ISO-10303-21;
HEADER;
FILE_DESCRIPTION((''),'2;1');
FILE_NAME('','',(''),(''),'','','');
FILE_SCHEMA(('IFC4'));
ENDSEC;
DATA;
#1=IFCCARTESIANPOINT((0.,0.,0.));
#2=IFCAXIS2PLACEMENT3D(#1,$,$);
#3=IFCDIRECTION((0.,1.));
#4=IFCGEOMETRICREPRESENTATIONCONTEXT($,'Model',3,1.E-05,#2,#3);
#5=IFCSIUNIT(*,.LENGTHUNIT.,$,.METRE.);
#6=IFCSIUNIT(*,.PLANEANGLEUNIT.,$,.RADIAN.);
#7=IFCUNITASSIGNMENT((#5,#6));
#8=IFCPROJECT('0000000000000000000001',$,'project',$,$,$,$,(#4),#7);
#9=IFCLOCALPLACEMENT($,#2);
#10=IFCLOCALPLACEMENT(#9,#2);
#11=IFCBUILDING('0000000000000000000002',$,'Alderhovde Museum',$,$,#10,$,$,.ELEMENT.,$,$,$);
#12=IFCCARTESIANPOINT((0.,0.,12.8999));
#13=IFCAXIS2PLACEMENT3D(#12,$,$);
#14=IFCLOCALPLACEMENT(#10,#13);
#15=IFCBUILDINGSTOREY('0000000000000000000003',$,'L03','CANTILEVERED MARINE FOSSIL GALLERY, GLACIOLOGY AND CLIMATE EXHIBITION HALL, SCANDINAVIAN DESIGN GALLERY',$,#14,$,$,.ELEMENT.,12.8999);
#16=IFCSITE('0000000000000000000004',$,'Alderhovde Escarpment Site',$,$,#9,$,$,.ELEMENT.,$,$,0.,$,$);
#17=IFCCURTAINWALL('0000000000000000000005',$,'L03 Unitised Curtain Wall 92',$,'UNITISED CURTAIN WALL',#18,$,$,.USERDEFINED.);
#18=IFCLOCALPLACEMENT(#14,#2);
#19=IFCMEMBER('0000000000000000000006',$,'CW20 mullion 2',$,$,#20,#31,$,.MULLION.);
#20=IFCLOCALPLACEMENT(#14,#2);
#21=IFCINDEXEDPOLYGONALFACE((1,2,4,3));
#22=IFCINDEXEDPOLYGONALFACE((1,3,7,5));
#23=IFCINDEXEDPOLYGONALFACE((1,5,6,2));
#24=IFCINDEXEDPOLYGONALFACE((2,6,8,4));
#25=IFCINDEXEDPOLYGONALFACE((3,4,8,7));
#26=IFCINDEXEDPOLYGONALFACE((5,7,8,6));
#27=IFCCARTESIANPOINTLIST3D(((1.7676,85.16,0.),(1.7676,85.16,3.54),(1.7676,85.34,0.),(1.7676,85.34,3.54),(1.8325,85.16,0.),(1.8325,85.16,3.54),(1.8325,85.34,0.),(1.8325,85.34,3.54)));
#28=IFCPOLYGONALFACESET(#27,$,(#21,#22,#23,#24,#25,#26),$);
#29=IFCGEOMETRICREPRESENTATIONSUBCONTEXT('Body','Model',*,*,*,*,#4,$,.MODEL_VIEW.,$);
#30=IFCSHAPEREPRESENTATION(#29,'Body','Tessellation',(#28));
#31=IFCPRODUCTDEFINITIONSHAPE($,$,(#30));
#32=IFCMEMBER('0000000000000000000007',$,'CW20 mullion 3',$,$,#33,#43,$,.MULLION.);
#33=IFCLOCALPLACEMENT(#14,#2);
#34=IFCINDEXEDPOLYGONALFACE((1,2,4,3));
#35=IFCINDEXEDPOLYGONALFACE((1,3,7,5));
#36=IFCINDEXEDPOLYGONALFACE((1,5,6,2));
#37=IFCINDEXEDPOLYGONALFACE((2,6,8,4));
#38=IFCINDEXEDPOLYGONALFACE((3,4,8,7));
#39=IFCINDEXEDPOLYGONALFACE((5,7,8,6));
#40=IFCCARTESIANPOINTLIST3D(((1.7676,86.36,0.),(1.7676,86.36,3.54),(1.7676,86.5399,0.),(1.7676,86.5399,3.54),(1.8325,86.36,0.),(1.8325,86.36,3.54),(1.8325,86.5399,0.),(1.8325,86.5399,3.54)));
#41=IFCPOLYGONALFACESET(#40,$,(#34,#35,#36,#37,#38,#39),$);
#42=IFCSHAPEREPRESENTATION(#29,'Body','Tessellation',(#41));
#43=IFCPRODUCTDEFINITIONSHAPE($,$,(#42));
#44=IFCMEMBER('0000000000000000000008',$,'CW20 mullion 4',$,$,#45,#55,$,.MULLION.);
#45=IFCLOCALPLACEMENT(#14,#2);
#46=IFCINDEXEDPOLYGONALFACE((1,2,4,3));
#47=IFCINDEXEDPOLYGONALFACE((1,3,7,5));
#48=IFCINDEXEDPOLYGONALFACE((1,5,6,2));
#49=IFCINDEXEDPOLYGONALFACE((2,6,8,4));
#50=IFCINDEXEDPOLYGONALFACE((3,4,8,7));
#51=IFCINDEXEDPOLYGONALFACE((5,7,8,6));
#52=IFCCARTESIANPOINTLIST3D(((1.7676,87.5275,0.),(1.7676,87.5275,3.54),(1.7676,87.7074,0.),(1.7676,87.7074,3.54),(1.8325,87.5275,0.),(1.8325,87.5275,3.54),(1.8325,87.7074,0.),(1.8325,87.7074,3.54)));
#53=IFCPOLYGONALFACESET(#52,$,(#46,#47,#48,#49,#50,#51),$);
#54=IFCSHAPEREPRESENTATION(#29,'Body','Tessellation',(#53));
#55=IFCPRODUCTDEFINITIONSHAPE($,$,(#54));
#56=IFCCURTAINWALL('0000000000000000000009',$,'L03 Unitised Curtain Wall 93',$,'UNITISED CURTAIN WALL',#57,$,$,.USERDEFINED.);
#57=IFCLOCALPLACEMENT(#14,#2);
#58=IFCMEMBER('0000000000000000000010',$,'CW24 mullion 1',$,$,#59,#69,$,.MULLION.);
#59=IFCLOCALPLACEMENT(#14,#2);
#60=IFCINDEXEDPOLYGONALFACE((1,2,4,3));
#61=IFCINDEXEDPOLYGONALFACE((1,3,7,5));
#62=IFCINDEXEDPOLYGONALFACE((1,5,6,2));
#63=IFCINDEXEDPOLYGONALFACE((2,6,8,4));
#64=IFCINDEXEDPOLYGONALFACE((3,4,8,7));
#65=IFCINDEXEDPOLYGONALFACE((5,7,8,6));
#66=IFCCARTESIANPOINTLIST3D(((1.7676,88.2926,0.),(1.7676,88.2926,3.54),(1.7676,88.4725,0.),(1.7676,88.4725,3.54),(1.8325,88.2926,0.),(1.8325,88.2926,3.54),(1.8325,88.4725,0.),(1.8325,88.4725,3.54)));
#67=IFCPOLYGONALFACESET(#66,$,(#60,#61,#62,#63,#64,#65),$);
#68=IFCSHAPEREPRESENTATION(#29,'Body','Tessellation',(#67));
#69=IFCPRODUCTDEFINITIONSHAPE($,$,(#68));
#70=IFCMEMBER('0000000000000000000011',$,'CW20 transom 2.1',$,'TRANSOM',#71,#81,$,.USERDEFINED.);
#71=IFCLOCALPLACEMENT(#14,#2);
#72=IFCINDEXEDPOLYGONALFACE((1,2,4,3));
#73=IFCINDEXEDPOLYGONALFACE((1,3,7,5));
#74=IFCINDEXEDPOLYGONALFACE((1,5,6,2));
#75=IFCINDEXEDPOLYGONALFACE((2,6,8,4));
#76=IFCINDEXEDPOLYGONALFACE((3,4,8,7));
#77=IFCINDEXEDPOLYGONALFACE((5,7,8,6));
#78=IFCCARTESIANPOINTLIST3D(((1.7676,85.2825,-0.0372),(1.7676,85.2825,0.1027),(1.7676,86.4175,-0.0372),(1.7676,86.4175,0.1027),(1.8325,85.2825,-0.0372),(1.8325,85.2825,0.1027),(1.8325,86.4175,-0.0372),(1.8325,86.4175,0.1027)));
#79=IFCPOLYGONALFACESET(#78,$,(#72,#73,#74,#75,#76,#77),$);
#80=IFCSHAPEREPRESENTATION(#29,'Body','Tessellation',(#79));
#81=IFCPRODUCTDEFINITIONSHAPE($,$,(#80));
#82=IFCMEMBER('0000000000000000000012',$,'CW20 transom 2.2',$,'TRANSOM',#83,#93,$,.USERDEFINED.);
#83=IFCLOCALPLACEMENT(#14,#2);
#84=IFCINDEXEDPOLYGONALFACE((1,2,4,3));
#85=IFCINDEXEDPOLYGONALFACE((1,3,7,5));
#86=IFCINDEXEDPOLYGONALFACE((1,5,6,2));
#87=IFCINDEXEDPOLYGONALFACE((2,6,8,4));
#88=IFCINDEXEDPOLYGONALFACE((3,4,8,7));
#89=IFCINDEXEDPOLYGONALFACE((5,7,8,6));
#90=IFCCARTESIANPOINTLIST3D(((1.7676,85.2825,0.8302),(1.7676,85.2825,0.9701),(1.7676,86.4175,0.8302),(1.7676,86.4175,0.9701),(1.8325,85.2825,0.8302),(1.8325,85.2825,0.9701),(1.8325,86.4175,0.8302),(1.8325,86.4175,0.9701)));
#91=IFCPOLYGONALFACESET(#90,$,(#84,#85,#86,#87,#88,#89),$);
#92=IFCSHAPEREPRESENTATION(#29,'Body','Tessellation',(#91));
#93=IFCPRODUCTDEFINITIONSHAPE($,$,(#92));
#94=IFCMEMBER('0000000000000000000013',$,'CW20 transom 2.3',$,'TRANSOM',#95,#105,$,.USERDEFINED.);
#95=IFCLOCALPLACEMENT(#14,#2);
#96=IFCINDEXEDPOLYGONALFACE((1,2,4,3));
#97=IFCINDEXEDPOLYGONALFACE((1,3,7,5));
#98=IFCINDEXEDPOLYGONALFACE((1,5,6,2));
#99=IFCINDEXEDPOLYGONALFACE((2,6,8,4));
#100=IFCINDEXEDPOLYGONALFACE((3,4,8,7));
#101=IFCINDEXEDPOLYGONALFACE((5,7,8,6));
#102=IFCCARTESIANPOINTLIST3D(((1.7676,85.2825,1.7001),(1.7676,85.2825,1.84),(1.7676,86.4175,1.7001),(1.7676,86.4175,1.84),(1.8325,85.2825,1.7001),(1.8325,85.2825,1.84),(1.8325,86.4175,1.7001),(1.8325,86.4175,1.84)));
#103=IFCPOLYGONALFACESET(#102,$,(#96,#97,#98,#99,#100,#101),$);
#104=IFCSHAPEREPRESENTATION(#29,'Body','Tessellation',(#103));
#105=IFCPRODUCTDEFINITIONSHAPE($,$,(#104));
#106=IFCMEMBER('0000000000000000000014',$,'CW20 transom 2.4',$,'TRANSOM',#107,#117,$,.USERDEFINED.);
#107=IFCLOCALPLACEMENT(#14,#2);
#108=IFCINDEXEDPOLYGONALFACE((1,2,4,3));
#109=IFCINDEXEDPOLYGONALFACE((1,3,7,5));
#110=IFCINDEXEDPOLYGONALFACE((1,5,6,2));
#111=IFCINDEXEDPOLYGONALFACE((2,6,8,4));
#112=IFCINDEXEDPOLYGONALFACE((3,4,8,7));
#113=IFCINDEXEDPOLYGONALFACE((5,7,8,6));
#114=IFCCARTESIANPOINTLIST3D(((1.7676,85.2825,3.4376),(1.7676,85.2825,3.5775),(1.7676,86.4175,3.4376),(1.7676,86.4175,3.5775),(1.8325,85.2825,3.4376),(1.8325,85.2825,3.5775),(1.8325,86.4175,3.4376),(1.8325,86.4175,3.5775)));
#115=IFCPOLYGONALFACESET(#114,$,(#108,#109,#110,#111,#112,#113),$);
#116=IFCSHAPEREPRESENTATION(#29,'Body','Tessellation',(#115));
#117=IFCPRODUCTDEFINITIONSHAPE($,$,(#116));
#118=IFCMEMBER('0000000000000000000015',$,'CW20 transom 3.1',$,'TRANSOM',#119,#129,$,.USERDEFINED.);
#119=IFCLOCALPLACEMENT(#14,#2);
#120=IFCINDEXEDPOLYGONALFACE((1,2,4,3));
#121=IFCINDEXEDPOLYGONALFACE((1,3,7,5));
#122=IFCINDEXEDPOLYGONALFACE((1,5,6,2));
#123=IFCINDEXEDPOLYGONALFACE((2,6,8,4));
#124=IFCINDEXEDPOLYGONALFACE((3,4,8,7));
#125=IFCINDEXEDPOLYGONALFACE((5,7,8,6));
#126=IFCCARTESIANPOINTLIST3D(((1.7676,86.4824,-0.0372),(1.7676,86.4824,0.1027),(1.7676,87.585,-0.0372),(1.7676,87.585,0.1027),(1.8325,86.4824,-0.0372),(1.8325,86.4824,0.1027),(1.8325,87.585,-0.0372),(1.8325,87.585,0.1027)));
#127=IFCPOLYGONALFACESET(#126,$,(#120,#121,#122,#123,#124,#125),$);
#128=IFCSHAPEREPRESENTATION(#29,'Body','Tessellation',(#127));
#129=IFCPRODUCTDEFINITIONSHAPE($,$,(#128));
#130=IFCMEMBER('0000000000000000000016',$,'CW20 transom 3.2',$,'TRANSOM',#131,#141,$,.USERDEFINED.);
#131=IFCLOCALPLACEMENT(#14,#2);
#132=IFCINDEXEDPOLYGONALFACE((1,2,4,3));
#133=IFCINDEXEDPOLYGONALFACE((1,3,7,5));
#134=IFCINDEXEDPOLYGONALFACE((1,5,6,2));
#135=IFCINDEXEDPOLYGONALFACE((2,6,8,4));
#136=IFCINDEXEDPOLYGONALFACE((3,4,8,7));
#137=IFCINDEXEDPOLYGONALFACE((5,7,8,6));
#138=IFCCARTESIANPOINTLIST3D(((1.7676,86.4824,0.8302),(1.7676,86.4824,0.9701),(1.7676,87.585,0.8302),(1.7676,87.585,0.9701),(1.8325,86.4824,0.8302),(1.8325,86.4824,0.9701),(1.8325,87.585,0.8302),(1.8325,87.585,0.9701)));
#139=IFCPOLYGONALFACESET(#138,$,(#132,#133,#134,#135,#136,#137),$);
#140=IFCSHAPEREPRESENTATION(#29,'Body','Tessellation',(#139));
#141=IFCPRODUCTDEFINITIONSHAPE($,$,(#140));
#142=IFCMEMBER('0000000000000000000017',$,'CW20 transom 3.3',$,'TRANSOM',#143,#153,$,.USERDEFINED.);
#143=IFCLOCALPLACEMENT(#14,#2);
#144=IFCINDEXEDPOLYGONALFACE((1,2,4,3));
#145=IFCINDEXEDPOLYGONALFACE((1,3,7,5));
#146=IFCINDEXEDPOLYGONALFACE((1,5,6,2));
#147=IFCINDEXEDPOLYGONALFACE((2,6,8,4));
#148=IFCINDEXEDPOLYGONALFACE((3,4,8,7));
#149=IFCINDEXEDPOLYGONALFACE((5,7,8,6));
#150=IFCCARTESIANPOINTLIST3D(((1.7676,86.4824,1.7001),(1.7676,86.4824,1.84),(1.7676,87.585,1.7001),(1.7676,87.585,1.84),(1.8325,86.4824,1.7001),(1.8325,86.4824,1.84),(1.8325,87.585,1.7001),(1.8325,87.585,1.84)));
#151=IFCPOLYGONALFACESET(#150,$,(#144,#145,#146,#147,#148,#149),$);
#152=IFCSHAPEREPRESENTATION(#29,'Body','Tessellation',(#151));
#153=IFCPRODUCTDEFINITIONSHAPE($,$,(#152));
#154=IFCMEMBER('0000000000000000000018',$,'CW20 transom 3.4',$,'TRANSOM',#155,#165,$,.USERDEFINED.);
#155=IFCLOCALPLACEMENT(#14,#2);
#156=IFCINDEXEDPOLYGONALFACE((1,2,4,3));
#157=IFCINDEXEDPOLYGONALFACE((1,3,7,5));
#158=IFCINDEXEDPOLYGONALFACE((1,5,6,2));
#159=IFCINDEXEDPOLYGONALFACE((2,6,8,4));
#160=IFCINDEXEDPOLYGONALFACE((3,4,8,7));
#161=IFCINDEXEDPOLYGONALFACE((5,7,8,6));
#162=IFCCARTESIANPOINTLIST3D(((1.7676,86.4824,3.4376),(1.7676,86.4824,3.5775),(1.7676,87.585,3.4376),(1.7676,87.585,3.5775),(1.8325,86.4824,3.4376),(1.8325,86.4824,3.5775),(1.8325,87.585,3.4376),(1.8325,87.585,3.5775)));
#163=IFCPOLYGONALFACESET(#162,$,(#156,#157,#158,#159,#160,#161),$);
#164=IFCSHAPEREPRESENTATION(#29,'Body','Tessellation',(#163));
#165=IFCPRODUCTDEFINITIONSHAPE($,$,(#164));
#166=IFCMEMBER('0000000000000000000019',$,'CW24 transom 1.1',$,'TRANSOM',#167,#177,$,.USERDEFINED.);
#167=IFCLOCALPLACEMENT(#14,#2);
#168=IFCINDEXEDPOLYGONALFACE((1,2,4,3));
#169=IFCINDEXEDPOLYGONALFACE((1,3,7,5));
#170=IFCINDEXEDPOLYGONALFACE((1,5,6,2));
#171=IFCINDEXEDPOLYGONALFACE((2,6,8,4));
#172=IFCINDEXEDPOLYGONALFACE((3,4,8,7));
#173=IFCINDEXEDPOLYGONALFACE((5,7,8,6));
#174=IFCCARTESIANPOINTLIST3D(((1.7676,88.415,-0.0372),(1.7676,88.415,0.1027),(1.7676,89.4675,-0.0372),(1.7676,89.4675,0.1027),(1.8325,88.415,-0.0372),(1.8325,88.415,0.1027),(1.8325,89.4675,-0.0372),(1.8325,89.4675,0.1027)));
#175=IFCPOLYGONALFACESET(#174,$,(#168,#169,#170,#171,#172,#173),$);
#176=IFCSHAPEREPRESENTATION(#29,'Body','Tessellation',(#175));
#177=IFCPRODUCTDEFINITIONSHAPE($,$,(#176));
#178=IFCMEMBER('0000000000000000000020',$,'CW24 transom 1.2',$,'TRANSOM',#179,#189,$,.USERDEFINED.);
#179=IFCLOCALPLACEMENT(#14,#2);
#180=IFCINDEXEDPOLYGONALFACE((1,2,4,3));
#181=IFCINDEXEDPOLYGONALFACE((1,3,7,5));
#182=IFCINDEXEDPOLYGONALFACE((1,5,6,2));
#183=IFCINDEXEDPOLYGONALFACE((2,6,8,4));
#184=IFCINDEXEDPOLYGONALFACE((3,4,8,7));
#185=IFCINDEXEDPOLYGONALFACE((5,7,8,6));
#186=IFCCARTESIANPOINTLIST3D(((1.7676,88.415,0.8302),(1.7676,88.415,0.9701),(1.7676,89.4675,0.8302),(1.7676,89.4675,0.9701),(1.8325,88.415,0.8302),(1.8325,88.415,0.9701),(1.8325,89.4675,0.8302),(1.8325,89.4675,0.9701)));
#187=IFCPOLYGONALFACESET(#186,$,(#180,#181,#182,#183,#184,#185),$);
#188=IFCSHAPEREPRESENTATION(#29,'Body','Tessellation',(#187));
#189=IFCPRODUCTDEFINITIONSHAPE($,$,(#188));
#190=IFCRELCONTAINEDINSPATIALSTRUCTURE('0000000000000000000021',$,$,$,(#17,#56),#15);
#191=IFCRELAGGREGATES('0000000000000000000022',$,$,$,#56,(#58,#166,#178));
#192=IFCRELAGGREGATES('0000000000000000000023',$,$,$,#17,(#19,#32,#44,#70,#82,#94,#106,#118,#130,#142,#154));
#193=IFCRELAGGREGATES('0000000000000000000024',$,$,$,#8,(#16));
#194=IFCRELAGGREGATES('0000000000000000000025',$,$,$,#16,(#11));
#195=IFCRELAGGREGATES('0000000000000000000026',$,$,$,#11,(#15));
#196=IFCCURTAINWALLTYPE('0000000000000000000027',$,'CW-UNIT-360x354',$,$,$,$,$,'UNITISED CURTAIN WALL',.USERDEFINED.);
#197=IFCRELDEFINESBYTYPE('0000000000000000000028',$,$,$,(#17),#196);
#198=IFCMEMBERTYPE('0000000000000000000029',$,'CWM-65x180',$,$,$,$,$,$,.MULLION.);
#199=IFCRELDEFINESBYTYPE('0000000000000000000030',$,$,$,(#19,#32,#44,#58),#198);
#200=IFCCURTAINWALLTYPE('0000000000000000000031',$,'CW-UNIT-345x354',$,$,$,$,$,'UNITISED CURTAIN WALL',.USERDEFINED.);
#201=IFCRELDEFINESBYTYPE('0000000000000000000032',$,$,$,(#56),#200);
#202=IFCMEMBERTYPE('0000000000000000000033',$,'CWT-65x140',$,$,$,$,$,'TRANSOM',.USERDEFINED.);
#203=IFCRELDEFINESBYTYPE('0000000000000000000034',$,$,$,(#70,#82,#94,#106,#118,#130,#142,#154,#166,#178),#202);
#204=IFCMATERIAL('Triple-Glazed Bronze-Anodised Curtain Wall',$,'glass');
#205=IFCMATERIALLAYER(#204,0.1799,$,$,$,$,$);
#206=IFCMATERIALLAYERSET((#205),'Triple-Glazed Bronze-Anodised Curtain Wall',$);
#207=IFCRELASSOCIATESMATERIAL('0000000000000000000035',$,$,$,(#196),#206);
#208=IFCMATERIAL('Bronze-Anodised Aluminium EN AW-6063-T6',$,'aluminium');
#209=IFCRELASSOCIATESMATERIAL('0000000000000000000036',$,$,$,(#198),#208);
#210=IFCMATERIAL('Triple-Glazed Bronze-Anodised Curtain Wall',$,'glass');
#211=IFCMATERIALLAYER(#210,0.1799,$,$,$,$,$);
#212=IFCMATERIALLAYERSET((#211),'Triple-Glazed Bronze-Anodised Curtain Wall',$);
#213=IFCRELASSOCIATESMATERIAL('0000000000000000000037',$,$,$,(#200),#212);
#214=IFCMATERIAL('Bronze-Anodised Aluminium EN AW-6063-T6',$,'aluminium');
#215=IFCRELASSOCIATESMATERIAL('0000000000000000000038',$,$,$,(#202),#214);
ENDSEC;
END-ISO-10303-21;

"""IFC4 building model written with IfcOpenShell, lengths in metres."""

from ifc_helpers import new_model, si_unit, direction, frame, origin, origin_2d, place, context, subcontext, project, spatial, rectangle, extrude, material, layer, layer_set, material_profile, profile_set, type_object, element, aggregate, save


model = new_model("IFC4")

# Units and contexts
model_context = context("Model", 3, precision=1e-05, world=origin(), true_north=direction((0.0, 1.0)))
body_context = subcontext(model_context, "Body", "Model", "MODEL_VIEW")
ifc_project = project(units=[si_unit("LENGTHUNIT", "METRE"), si_unit("PLANEANGLEUNIT", "RADIAN")], contexts=[model_context])

# Site, building, storey
site_placement = place(None, origin())
site = spatial("IfcSite", under=ifc_project, at=site_placement, Name="Alderhovde Escarpment Site", CompositionType="ELEMENT", RefElevation=0.0)
building_placement = place(site_placement, origin())
building = spatial("IfcBuilding", under=site, at=building_placement, Name="Alderhovde Museum", CompositionType="ELEMENT")
storey_placement = place(building_placement, frame((0.0, 0.0, 12.8999)))
storey = spatial("IfcBuildingStorey", under=building, at=storey_placement, Name="L03", Description="CANTILEVERED MARINE FOSSIL GALLERY, GLACIOLOGY AND CLIMATE EXHIBITION HALL, SCANDINAVIAN DESIGN GALLERY", CompositionType="ELEMENT", Elevation=12.8999)

# Curtain wall, members
ifc_material_1 = material(Name="Triple-Glazed Bronze-Anodised Curtain Wall", Category="glass")
ifc_layer_1 = layer(ifc_material_1, 0.1799)
ifc_layer_set_1 = layer_set([ifc_layer_1], Name="Triple-Glazed Bronze-Anodised Curtain Wall")
curtain_wall_type_1 = type_object("IfcCurtainWallType", Name="CW-UNIT-360x354", ElementType="UNITISED CURTAIN WALL", PredefinedType="USERDEFINED", material=ifc_layer_set_1)
curtain_wall_1_placement = place(storey_placement, origin())
curtain_wall_1 = element("IfcCurtainWall", 1, at=curtain_wall_1_placement, inside=storey, type_object=curtain_wall_type_1, Name="L03 Unitised Curtain Wall 92", ObjectType="UNITISED CURTAIN WALL", PredefinedType="USERDEFINED")
ifc_material_2 = material(Name="Bronze-Anodised Aluminium EN AW-6063-T6", Category="aluminium")
ifc_material_profile_1 = material_profile(ifc_material_2, rectangle(XDim=0.0649, YDim=0.1799, at=origin_2d()), Name="MULLION 65x180")
ifc_profile_set_1 = profile_set([ifc_material_profile_1], Name="Bronze-Anodised Aluminium EN AW-6063-T6")
member_type_1 = type_object("IfcMemberType", Name="CWM-65x180", PredefinedType="MULLION", material=ifc_profile_set_1)
member_1_placement = place(storey_placement, frame((1.8, 85.25, 0.0), z_axis=(0.0, 0.0, 1.0), x_axis=(-1.0, 0.0, 0.0)))
member_1 = element("IfcMember", 2, at=member_1_placement, type_object=member_type_1, Name="CW20 mullion 2", PredefinedType="MULLION", context=body_context, shape_type="SweptSolid", body=[
    extrude(rectangle(XDim=0.0649, YDim=0.1799, at=origin_2d()), origin(), (0.0, 0.0, 1.0), 3.54),
])
member_2_placement = place(storey_placement, frame((1.8, 86.45, 0.0), z_axis=(0.0, 0.0, 1.0), x_axis=(-1.0, 0.0, 0.0)))
member_2 = element("IfcMember", 3, at=member_2_placement, type_object=member_type_1, Name="CW20 mullion 3", PredefinedType="MULLION", context=body_context, shape_type="SweptSolid", body=[
    extrude(rectangle(XDim=0.0649, YDim=0.1799, at=origin_2d()), origin(), (0.0, 0.0, 1.0), 3.54),
])
member_3_placement = place(storey_placement, frame((1.8, 87.6174, 0.0), z_axis=(0.0, 0.0, 1.0), x_axis=(-1.0, 0.0, 0.0)))
member_3 = element("IfcMember", 4, at=member_3_placement, type_object=member_type_1, Name="CW20 mullion 4", PredefinedType="MULLION", context=body_context, shape_type="SweptSolid", body=[
    extrude(rectangle(XDim=0.0649, YDim=0.1799, at=origin_2d()), origin(), (0.0, 0.0, 1.0), 3.54),
])

# Curtain wall, member
ifc_material_3 = material(Name="Triple-Glazed Bronze-Anodised Curtain Wall", Category="glass")
ifc_layer_2 = layer(ifc_material_3, 0.1799)
ifc_layer_set_2 = layer_set([ifc_layer_2], Name="Triple-Glazed Bronze-Anodised Curtain Wall")
curtain_wall_type_2 = type_object("IfcCurtainWallType", Name="CW-UNIT-345x354", ElementType="UNITISED CURTAIN WALL", PredefinedType="USERDEFINED", material=ifc_layer_set_2)
curtain_wall_2_placement = place(storey_placement, origin())
curtain_wall_2 = element("IfcCurtainWall", 5, at=curtain_wall_2_placement, inside=storey, type_object=curtain_wall_type_2, Name="L03 Unitised Curtain Wall 93", ObjectType="UNITISED CURTAIN WALL", PredefinedType="USERDEFINED")
member_4_placement = place(storey_placement, frame((1.8, 88.3826, 0.0), z_axis=(0.0, 0.0, 1.0), x_axis=(-1.0, 0.0, 0.0)))
member_4 = element("IfcMember", 6, at=member_4_placement, type_object=member_type_1, Name="CW24 mullion 1", PredefinedType="MULLION", context=body_context, shape_type="SweptSolid", body=[
    extrude(rectangle(XDim=0.0649, YDim=0.1799, at=origin_2d()), origin(), (0.0, 0.0, 1.0), 3.54),
])

# Members
ifc_material_4 = material(Name="Bronze-Anodised Aluminium EN AW-6063-T6", Category="aluminium")
ifc_material_profile_2 = material_profile(ifc_material_4, rectangle(XDim=0.0649, YDim=0.1399, at=origin_2d()), Name="TRANSOM 65x140")
ifc_profile_set_2 = profile_set([ifc_material_profile_2], Name="Bronze-Anodised Aluminium EN AW-6063-T6")
member_type_2 = type_object("IfcMemberType", Name="CWT-65x140", ElementType="TRANSOM", PredefinedType="USERDEFINED", material=ifc_profile_set_2)
member_5_placement = place(storey_placement, frame((1.8, 85.2825, 0.0327), z_axis=(0.0, 1.0, 0.0), x_axis=(-1.0, 0.0, 0.0)))
member_5 = element("IfcMember", 7, at=member_5_placement, type_object=member_type_2, Name="CW20 transom 2.1", ObjectType="TRANSOM", PredefinedType="USERDEFINED", context=body_context, shape_type="SweptSolid", body=[
    extrude(rectangle(XDim=0.0649, YDim=0.1399, at=origin_2d()), origin(), (0.0, 0.0, 1.0), 1.135),
])
member_6_placement = place(storey_placement, frame((1.8, 85.2825, 0.9001), z_axis=(0.0, 1.0, 0.0), x_axis=(-1.0, 0.0, 0.0)))
member_6 = element("IfcMember", 8, at=member_6_placement, type_object=member_type_2, Name="CW20 transom 2.2", ObjectType="TRANSOM", PredefinedType="USERDEFINED", context=body_context, shape_type="SweptSolid", body=[
    extrude(rectangle(XDim=0.0649, YDim=0.1399, at=origin_2d()), origin(), (0.0, 0.0, 1.0), 1.135),
])
member_7_placement = place(storey_placement, frame((1.8, 85.2825, 1.77), z_axis=(0.0, 1.0, 0.0), x_axis=(-1.0, 0.0, 0.0)))
member_7 = element("IfcMember", 9, at=member_7_placement, type_object=member_type_2, Name="CW20 transom 2.3", ObjectType="TRANSOM", PredefinedType="USERDEFINED", context=body_context, shape_type="SweptSolid", body=[
    extrude(rectangle(XDim=0.0649, YDim=0.1399, at=origin_2d()), origin(), (0.0, 0.0, 1.0), 1.135),
])
member_8_placement = place(storey_placement, frame((1.8, 85.2825, 3.5076), z_axis=(0.0, 1.0, 0.0), x_axis=(-1.0, 0.0, 0.0)))
member_8 = element("IfcMember", 10, at=member_8_placement, type_object=member_type_2, Name="CW20 transom 2.4", ObjectType="TRANSOM", PredefinedType="USERDEFINED", context=body_context, shape_type="SweptSolid", body=[
    extrude(rectangle(XDim=0.0649, YDim=0.1399, at=origin_2d()), origin(), (0.0, 0.0, 1.0), 1.135),
])
member_9_placement = place(storey_placement, frame((1.8, 86.4824, 0.0327), z_axis=(0.0, 1.0, 0.0), x_axis=(-1.0, 0.0, 0.0)))
member_9 = element("IfcMember", 11, at=member_9_placement, type_object=member_type_2, Name="CW20 transom 3.1", ObjectType="TRANSOM", PredefinedType="USERDEFINED", context=body_context, shape_type="SweptSolid", body=[
    extrude(rectangle(XDim=0.0649, YDim=0.1399, at=origin_2d()), origin(), (0.0, 0.0, 1.0), 1.1025),
])
member_10_placement = place(storey_placement, frame((1.8, 86.4824, 0.9001), z_axis=(0.0, 1.0, 0.0), x_axis=(-1.0, 0.0, 0.0)))
member_10 = element("IfcMember", 12, at=member_10_placement, type_object=member_type_2, Name="CW20 transom 3.2", ObjectType="TRANSOM", PredefinedType="USERDEFINED", context=body_context, shape_type="SweptSolid", body=[
    extrude(rectangle(XDim=0.0649, YDim=0.1399, at=origin_2d()), origin(), (0.0, 0.0, 1.0), 1.1025),
])
member_11_placement = place(storey_placement, frame((1.8, 86.4824, 1.77), z_axis=(0.0, 1.0, 0.0), x_axis=(-1.0, 0.0, 0.0)))
member_11 = element("IfcMember", 13, at=member_11_placement, type_object=member_type_2, Name="CW20 transom 3.3", ObjectType="TRANSOM", PredefinedType="USERDEFINED", context=body_context, shape_type="SweptSolid", body=[
    extrude(rectangle(XDim=0.0649, YDim=0.1399, at=origin_2d()), origin(), (0.0, 0.0, 1.0), 1.1025),
])
member_12_placement = place(storey_placement, frame((1.8, 86.4824, 3.5076), z_axis=(0.0, 1.0, 0.0), x_axis=(-1.0, 0.0, 0.0)))
member_12 = element("IfcMember", 14, at=member_12_placement, type_object=member_type_2, Name="CW20 transom 3.4", ObjectType="TRANSOM", PredefinedType="USERDEFINED", context=body_context, shape_type="SweptSolid", body=[
    extrude(rectangle(XDim=0.0649, YDim=0.1399, at=origin_2d()), origin(), (0.0, 0.0, 1.0), 1.1025),
])
member_13_placement = place(storey_placement, frame((1.8, 88.415, 0.0327), z_axis=(0.0, 1.0, 0.0), x_axis=(-1.0, 0.0, 0.0)))
member_13 = element("IfcMember", 15, at=member_13_placement, type_object=member_type_2, Name="CW24 transom 1.1", ObjectType="TRANSOM", PredefinedType="USERDEFINED", context=body_context, shape_type="SweptSolid", body=[
    extrude(rectangle(XDim=0.0649, YDim=0.1399, at=origin_2d()), origin(), (0.0, 0.0, 1.0), 1.0525),
])
member_14_placement = place(storey_placement, frame((1.8, 88.415, 0.9001), z_axis=(0.0, 1.0, 0.0), x_axis=(-1.0, 0.0, 0.0)))
member_14 = element("IfcMember", 16, at=member_14_placement, type_object=member_type_2, Name="CW24 transom 1.2", ObjectType="TRANSOM", PredefinedType="USERDEFINED", context=body_context, shape_type="SweptSolid", body=[
    extrude(rectangle(XDim=0.0649, YDim=0.1399, at=origin_2d()), origin(), (0.0, 0.0, 1.0), 1.0525),
])
aggregate(curtain_wall_2, [member_4, member_13, member_14])

aggregate(curtain_wall_1, [member_1, member_2, member_3, member_5, member_6, member_7, member_8, member_9, member_10, member_11, member_12])

save(model, "model.ifc")
